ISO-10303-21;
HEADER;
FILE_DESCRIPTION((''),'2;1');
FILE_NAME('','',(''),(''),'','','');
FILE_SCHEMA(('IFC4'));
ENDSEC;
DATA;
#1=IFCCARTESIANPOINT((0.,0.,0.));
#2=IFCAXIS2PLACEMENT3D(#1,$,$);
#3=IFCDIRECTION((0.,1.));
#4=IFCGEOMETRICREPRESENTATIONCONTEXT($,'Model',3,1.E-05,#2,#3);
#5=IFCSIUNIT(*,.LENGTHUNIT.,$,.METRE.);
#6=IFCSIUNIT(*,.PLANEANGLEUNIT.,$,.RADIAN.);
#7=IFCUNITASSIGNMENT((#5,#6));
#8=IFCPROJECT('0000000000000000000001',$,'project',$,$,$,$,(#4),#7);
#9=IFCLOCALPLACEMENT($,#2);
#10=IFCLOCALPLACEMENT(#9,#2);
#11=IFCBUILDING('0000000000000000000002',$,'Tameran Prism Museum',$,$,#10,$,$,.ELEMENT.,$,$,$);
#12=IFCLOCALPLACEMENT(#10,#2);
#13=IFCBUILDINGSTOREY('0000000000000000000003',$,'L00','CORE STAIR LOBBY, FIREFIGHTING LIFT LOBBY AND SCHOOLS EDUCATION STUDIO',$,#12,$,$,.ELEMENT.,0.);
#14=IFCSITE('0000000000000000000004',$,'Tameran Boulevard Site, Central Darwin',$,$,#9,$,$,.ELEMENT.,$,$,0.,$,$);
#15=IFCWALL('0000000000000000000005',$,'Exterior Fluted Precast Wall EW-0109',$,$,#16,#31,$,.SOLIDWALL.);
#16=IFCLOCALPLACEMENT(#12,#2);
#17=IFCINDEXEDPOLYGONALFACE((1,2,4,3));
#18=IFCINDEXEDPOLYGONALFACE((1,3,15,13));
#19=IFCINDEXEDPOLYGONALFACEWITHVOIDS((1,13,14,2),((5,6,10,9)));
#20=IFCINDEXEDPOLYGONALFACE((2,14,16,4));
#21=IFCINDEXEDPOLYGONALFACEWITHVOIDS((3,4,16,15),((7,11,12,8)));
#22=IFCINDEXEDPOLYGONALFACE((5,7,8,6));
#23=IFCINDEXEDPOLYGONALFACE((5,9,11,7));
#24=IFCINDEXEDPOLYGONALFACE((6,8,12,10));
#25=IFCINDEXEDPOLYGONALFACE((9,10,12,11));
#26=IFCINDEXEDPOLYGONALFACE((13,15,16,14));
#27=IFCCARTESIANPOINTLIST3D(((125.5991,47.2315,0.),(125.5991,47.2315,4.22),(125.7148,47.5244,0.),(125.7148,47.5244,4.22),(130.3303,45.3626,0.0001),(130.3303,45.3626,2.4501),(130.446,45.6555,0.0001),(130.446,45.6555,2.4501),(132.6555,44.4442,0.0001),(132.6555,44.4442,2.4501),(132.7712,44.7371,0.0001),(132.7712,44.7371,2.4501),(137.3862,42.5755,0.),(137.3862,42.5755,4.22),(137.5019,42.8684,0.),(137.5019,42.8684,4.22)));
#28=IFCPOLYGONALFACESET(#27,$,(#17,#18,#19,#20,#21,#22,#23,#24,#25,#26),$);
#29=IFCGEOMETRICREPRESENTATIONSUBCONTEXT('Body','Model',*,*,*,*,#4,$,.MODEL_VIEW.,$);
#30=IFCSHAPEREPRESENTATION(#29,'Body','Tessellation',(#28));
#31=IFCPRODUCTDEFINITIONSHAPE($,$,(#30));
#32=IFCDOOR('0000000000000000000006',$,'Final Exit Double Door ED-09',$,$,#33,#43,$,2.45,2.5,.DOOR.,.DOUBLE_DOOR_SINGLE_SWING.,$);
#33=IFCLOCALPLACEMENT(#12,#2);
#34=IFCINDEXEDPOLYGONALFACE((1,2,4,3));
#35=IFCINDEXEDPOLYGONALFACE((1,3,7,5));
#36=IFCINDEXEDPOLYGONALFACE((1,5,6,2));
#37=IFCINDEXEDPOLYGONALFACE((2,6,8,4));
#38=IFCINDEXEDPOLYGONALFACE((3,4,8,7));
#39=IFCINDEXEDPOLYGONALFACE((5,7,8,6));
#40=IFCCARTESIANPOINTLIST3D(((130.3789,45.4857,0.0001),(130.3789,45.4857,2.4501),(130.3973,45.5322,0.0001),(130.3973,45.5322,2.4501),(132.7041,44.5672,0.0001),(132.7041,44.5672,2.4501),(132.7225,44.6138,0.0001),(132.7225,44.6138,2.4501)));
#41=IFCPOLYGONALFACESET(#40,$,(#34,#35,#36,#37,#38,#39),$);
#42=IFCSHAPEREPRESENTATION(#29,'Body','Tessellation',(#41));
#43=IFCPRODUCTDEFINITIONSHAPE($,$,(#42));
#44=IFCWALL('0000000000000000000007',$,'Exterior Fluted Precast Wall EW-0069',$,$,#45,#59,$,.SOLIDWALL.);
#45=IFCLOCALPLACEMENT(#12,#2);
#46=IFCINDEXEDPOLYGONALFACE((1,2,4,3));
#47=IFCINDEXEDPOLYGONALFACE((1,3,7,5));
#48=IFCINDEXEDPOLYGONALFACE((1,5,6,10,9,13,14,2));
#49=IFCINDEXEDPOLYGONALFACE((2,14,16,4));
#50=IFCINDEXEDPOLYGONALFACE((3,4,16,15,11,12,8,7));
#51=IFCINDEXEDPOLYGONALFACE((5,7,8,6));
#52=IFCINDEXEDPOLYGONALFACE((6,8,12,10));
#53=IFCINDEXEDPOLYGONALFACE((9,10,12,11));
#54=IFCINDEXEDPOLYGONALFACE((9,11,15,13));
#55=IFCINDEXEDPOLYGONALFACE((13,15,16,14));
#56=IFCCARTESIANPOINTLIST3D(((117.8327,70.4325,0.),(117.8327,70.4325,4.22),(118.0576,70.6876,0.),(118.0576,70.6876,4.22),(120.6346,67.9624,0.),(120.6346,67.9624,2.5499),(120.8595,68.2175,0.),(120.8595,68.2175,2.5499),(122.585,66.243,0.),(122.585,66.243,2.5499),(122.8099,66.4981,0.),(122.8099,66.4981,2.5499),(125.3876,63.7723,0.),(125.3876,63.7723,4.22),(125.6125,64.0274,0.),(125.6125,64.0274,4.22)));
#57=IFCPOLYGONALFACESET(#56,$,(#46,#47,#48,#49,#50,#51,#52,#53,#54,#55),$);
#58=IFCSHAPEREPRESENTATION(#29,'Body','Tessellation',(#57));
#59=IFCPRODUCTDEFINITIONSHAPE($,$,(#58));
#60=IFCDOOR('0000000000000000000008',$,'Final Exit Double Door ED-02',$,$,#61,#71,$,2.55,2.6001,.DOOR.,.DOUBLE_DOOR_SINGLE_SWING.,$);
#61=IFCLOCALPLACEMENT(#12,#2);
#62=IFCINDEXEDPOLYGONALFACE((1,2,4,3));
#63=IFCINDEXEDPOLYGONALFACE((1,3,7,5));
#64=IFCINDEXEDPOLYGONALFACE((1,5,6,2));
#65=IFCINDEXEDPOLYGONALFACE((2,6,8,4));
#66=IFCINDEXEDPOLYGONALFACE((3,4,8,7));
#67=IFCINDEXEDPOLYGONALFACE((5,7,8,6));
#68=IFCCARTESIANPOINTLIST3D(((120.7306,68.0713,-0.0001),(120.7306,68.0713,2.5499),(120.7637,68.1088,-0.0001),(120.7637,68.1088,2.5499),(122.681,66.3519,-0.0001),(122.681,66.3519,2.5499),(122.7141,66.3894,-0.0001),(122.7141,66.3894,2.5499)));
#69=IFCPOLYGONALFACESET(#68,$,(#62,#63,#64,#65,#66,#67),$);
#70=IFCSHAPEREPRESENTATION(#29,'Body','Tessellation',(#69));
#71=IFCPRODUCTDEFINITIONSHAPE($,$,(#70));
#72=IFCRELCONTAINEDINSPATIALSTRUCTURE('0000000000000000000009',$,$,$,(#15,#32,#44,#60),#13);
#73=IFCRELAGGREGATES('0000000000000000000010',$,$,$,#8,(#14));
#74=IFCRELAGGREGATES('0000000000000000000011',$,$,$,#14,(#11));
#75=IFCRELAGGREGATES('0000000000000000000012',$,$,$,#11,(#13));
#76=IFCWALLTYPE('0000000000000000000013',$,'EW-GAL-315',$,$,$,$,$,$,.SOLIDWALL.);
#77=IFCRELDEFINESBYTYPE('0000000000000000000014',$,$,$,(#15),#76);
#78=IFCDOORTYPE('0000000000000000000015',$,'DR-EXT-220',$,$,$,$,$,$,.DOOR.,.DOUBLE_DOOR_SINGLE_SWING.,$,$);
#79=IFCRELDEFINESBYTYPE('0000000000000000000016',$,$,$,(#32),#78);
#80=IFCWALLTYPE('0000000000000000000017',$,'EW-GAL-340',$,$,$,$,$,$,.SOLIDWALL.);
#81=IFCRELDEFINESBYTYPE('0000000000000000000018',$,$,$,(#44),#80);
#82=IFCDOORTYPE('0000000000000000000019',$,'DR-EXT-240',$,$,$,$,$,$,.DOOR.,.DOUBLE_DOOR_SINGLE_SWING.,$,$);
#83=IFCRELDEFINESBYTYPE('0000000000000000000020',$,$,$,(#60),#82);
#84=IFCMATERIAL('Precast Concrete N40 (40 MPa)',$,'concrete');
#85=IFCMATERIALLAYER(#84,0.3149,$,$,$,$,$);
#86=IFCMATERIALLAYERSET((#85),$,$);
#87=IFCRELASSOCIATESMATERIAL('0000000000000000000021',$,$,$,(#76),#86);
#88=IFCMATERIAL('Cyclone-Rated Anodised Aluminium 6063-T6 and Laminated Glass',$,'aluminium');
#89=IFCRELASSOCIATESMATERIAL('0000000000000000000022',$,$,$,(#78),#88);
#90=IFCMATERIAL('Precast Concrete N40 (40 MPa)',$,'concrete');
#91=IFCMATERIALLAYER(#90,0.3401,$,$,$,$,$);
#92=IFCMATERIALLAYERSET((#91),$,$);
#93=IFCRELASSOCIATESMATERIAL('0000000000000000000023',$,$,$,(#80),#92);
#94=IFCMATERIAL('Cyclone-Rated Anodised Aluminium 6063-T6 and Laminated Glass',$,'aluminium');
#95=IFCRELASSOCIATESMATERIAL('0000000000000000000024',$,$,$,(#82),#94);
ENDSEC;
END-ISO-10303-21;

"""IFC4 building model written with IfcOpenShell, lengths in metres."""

from ifc_helpers import new_model, si_unit, direction, frame, frame_2d, origin, place, context, subcontext, project, spatial, rectangle, extrude, material, layer, layer_set, type_object, element, fill, save


model = new_model("IFC4")

# Units and contexts
model_context = context("Model", 3, precision=1e-05, world=origin(), true_north=direction((0.0, 1.0)))
body_context = subcontext(model_context, "Body", "Model", "MODEL_VIEW")
ifc_project = project(units=[si_unit("LENGTHUNIT", "METRE"), si_unit("PLANEANGLEUNIT", "RADIAN")], contexts=[model_context])

# Site, building, storey
site_placement = place(None, origin())
site = spatial("IfcSite", under=ifc_project, at=site_placement, Name="Tameran Boulevard Site, Central Darwin", CompositionType="ELEMENT", RefElevation=0.0)
building_placement = place(site_placement, origin())
building = spatial("IfcBuilding", under=site, at=building_placement, Name="Tameran Prism Museum", CompositionType="ELEMENT")
storey_placement = place(building_placement, origin())
storey = spatial("IfcBuildingStorey", under=building, at=storey_placement, Name="L00", Description="CORE STAIR LOBBY, FIREFIGHTING LIFT LOBBY AND SCHOOLS EDUCATION STUDIO", CompositionType="ELEMENT", Elevation=0.0)

# Walls, openings, doors
ifc_material_1 = material(Name="Precast Concrete N40 (40 MPa)", Category="concrete")
ifc_layer_1 = layer(ifc_material_1, 0.3149)
ifc_layer_set_1 = layer_set([ifc_layer_1])
wall_type_1 = type_object("IfcWallType", Name="EW-GAL-315", PredefinedType="SOLIDWALL", material=ifc_layer_set_1)
wall_1_placement = place(storey_placement, frame((125.657, 47.3779, 0.0), z_axis=(0.0, 0.0, 1.0), x_axis=(0.930069, -0.367385, 0.0)))
wall_1 = element("IfcWall", 1, at=wall_1_placement, inside=storey, type_object=wall_type_1, Name="Exterior Fluted Precast Wall EW-0109", PredefinedType="SOLIDWALL", context=body_context, shape_type="SweptSolid", body=[
    extrude(rectangle(XDim=12.6733, YDim=0.3149, at=frame_2d((6.3367, 0.0))), origin(), (0.0, 0.0, 1.0), 4.22),
])
opening_1_placement = place(wall_1_placement, frame((5.0869, 0.0, 0.0)))
opening_1 = element("IfcOpeningElement", 2, at=opening_1_placement, cuts=wall_1, PredefinedType="OPENING", context=body_context, shape_type="SweptSolid", body=[
    extrude(rectangle(XDim=2.5, YDim=2.45, at=frame_2d((1.25, 1.2251))), frame((0.0, 0.1675, 0.0), z_axis=(0.0, -1.0, 0.0), x_axis=(1.0, 0.0, 0.0)), (0.0, 0.0, 1.0), 0.335),
])
ifc_material_2 = material(Name="Cyclone-Rated Anodised Aluminium 6063-T6 and Laminated Glass", Category="aluminium")
door_type_1 = type_object("IfcDoorType", Name="DR-EXT-220", OperationType="DOUBLE_DOOR_SINGLE_SWING", PredefinedType="DOOR", material=ifc_material_2)
door_1_placement = place(opening_1_placement, origin())
door_1 = element("IfcDoor", 3, at=door_1_placement, inside=storey, type_object=door_type_1, Name="Final Exit Double Door ED-09", OperationType="DOUBLE_DOOR_SINGLE_SWING", OverallHeight=2.45, OverallWidth=2.5, PredefinedType="DOOR", context=body_context, shape_type="SweptSolid", body=[
    extrude(rectangle(XDim=2.5, YDim=2.45, at=frame_2d((1.25, 1.2251))), frame((0.0, 0.0249, 0.0), z_axis=(0.0, -1.0, 0.0), x_axis=(1.0, 0.0, 0.0)), (0.0, 0.0, 1.0), 0.05),
])
fill(opening_1, door_1)
ifc_material_3 = material(Name="Precast Concrete N40 (40 MPa)", Category="concrete")
ifc_layer_2 = layer(ifc_material_3, 0.3401)
ifc_layer_set_2 = layer_set([ifc_layer_2])
wall_type_2 = type_object("IfcWallType", Name="EW-GAL-340", PredefinedType="SOLIDWALL", material=ifc_layer_set_2)
wall_2_placement = place(storey_placement, frame((125.5, 63.8999, 0.0), z_axis=(0.0, 0.0, 1.0), x_axis=(-0.750131, 0.661289, 0.0)))
wall_2 = element("IfcWall", 4, at=wall_2_placement, inside=storey, type_object=wall_type_2, Name="Exterior Fluted Precast Wall EW-0069", PredefinedType="SOLIDWALL", context=body_context, shape_type="SweptSolid", body=[
    extrude(rectangle(XDim=10.0715, YDim=0.3401, at=frame_2d((5.0356, 0.0))), origin(), (0.0, 0.0, 1.0), 4.22),
])
opening_2_placement = place(wall_2_placement, frame((3.7361, 0.0, 0.0)))
opening_2 = element("IfcOpeningElement", 5, at=opening_2_placement, cuts=wall_2, PredefinedType="OPENING", context=body_context, shape_type="SweptSolid", body=[
    extrude(rectangle(XDim=2.6001, YDim=2.55, at=frame_2d((1.3, 1.2749))), frame((0.0, 0.1799, 0.0), z_axis=(0.0, -1.0, 0.0), x_axis=(1.0, 0.0, 0.0)), (0.0, 0.0, 1.0), 0.3601),
])
ifc_material_4 = material(Name="Cyclone-Rated Anodised Aluminium 6063-T6 and Laminated Glass", Category="aluminium")
door_type_2 = type_object("IfcDoorType", Name="DR-EXT-240", OperationType="DOUBLE_DOOR_SINGLE_SWING", PredefinedType="DOOR", material=ifc_material_4)
door_2_placement = place(opening_2_placement, origin())
door_2 = element("IfcDoor", 6, at=door_2_placement, inside=storey, type_object=door_type_2, Name="Final Exit Double Door ED-02", OperationType="DOUBLE_DOOR_SINGLE_SWING", OverallHeight=2.55, OverallWidth=2.6001, PredefinedType="DOOR", context=body_context, shape_type="SweptSolid", body=[
    extrude(rectangle(XDim=2.6001, YDim=2.55, at=frame_2d((1.3, 1.2749))), frame((0.0, 0.0249, 0.0), z_axis=(0.0, -1.0, 0.0), x_axis=(1.0, 0.0, 0.0)), (0.0, 0.0, 1.0), 0.05),
])
fill(opening_2, door_2)

save(model, "model.ifc")
